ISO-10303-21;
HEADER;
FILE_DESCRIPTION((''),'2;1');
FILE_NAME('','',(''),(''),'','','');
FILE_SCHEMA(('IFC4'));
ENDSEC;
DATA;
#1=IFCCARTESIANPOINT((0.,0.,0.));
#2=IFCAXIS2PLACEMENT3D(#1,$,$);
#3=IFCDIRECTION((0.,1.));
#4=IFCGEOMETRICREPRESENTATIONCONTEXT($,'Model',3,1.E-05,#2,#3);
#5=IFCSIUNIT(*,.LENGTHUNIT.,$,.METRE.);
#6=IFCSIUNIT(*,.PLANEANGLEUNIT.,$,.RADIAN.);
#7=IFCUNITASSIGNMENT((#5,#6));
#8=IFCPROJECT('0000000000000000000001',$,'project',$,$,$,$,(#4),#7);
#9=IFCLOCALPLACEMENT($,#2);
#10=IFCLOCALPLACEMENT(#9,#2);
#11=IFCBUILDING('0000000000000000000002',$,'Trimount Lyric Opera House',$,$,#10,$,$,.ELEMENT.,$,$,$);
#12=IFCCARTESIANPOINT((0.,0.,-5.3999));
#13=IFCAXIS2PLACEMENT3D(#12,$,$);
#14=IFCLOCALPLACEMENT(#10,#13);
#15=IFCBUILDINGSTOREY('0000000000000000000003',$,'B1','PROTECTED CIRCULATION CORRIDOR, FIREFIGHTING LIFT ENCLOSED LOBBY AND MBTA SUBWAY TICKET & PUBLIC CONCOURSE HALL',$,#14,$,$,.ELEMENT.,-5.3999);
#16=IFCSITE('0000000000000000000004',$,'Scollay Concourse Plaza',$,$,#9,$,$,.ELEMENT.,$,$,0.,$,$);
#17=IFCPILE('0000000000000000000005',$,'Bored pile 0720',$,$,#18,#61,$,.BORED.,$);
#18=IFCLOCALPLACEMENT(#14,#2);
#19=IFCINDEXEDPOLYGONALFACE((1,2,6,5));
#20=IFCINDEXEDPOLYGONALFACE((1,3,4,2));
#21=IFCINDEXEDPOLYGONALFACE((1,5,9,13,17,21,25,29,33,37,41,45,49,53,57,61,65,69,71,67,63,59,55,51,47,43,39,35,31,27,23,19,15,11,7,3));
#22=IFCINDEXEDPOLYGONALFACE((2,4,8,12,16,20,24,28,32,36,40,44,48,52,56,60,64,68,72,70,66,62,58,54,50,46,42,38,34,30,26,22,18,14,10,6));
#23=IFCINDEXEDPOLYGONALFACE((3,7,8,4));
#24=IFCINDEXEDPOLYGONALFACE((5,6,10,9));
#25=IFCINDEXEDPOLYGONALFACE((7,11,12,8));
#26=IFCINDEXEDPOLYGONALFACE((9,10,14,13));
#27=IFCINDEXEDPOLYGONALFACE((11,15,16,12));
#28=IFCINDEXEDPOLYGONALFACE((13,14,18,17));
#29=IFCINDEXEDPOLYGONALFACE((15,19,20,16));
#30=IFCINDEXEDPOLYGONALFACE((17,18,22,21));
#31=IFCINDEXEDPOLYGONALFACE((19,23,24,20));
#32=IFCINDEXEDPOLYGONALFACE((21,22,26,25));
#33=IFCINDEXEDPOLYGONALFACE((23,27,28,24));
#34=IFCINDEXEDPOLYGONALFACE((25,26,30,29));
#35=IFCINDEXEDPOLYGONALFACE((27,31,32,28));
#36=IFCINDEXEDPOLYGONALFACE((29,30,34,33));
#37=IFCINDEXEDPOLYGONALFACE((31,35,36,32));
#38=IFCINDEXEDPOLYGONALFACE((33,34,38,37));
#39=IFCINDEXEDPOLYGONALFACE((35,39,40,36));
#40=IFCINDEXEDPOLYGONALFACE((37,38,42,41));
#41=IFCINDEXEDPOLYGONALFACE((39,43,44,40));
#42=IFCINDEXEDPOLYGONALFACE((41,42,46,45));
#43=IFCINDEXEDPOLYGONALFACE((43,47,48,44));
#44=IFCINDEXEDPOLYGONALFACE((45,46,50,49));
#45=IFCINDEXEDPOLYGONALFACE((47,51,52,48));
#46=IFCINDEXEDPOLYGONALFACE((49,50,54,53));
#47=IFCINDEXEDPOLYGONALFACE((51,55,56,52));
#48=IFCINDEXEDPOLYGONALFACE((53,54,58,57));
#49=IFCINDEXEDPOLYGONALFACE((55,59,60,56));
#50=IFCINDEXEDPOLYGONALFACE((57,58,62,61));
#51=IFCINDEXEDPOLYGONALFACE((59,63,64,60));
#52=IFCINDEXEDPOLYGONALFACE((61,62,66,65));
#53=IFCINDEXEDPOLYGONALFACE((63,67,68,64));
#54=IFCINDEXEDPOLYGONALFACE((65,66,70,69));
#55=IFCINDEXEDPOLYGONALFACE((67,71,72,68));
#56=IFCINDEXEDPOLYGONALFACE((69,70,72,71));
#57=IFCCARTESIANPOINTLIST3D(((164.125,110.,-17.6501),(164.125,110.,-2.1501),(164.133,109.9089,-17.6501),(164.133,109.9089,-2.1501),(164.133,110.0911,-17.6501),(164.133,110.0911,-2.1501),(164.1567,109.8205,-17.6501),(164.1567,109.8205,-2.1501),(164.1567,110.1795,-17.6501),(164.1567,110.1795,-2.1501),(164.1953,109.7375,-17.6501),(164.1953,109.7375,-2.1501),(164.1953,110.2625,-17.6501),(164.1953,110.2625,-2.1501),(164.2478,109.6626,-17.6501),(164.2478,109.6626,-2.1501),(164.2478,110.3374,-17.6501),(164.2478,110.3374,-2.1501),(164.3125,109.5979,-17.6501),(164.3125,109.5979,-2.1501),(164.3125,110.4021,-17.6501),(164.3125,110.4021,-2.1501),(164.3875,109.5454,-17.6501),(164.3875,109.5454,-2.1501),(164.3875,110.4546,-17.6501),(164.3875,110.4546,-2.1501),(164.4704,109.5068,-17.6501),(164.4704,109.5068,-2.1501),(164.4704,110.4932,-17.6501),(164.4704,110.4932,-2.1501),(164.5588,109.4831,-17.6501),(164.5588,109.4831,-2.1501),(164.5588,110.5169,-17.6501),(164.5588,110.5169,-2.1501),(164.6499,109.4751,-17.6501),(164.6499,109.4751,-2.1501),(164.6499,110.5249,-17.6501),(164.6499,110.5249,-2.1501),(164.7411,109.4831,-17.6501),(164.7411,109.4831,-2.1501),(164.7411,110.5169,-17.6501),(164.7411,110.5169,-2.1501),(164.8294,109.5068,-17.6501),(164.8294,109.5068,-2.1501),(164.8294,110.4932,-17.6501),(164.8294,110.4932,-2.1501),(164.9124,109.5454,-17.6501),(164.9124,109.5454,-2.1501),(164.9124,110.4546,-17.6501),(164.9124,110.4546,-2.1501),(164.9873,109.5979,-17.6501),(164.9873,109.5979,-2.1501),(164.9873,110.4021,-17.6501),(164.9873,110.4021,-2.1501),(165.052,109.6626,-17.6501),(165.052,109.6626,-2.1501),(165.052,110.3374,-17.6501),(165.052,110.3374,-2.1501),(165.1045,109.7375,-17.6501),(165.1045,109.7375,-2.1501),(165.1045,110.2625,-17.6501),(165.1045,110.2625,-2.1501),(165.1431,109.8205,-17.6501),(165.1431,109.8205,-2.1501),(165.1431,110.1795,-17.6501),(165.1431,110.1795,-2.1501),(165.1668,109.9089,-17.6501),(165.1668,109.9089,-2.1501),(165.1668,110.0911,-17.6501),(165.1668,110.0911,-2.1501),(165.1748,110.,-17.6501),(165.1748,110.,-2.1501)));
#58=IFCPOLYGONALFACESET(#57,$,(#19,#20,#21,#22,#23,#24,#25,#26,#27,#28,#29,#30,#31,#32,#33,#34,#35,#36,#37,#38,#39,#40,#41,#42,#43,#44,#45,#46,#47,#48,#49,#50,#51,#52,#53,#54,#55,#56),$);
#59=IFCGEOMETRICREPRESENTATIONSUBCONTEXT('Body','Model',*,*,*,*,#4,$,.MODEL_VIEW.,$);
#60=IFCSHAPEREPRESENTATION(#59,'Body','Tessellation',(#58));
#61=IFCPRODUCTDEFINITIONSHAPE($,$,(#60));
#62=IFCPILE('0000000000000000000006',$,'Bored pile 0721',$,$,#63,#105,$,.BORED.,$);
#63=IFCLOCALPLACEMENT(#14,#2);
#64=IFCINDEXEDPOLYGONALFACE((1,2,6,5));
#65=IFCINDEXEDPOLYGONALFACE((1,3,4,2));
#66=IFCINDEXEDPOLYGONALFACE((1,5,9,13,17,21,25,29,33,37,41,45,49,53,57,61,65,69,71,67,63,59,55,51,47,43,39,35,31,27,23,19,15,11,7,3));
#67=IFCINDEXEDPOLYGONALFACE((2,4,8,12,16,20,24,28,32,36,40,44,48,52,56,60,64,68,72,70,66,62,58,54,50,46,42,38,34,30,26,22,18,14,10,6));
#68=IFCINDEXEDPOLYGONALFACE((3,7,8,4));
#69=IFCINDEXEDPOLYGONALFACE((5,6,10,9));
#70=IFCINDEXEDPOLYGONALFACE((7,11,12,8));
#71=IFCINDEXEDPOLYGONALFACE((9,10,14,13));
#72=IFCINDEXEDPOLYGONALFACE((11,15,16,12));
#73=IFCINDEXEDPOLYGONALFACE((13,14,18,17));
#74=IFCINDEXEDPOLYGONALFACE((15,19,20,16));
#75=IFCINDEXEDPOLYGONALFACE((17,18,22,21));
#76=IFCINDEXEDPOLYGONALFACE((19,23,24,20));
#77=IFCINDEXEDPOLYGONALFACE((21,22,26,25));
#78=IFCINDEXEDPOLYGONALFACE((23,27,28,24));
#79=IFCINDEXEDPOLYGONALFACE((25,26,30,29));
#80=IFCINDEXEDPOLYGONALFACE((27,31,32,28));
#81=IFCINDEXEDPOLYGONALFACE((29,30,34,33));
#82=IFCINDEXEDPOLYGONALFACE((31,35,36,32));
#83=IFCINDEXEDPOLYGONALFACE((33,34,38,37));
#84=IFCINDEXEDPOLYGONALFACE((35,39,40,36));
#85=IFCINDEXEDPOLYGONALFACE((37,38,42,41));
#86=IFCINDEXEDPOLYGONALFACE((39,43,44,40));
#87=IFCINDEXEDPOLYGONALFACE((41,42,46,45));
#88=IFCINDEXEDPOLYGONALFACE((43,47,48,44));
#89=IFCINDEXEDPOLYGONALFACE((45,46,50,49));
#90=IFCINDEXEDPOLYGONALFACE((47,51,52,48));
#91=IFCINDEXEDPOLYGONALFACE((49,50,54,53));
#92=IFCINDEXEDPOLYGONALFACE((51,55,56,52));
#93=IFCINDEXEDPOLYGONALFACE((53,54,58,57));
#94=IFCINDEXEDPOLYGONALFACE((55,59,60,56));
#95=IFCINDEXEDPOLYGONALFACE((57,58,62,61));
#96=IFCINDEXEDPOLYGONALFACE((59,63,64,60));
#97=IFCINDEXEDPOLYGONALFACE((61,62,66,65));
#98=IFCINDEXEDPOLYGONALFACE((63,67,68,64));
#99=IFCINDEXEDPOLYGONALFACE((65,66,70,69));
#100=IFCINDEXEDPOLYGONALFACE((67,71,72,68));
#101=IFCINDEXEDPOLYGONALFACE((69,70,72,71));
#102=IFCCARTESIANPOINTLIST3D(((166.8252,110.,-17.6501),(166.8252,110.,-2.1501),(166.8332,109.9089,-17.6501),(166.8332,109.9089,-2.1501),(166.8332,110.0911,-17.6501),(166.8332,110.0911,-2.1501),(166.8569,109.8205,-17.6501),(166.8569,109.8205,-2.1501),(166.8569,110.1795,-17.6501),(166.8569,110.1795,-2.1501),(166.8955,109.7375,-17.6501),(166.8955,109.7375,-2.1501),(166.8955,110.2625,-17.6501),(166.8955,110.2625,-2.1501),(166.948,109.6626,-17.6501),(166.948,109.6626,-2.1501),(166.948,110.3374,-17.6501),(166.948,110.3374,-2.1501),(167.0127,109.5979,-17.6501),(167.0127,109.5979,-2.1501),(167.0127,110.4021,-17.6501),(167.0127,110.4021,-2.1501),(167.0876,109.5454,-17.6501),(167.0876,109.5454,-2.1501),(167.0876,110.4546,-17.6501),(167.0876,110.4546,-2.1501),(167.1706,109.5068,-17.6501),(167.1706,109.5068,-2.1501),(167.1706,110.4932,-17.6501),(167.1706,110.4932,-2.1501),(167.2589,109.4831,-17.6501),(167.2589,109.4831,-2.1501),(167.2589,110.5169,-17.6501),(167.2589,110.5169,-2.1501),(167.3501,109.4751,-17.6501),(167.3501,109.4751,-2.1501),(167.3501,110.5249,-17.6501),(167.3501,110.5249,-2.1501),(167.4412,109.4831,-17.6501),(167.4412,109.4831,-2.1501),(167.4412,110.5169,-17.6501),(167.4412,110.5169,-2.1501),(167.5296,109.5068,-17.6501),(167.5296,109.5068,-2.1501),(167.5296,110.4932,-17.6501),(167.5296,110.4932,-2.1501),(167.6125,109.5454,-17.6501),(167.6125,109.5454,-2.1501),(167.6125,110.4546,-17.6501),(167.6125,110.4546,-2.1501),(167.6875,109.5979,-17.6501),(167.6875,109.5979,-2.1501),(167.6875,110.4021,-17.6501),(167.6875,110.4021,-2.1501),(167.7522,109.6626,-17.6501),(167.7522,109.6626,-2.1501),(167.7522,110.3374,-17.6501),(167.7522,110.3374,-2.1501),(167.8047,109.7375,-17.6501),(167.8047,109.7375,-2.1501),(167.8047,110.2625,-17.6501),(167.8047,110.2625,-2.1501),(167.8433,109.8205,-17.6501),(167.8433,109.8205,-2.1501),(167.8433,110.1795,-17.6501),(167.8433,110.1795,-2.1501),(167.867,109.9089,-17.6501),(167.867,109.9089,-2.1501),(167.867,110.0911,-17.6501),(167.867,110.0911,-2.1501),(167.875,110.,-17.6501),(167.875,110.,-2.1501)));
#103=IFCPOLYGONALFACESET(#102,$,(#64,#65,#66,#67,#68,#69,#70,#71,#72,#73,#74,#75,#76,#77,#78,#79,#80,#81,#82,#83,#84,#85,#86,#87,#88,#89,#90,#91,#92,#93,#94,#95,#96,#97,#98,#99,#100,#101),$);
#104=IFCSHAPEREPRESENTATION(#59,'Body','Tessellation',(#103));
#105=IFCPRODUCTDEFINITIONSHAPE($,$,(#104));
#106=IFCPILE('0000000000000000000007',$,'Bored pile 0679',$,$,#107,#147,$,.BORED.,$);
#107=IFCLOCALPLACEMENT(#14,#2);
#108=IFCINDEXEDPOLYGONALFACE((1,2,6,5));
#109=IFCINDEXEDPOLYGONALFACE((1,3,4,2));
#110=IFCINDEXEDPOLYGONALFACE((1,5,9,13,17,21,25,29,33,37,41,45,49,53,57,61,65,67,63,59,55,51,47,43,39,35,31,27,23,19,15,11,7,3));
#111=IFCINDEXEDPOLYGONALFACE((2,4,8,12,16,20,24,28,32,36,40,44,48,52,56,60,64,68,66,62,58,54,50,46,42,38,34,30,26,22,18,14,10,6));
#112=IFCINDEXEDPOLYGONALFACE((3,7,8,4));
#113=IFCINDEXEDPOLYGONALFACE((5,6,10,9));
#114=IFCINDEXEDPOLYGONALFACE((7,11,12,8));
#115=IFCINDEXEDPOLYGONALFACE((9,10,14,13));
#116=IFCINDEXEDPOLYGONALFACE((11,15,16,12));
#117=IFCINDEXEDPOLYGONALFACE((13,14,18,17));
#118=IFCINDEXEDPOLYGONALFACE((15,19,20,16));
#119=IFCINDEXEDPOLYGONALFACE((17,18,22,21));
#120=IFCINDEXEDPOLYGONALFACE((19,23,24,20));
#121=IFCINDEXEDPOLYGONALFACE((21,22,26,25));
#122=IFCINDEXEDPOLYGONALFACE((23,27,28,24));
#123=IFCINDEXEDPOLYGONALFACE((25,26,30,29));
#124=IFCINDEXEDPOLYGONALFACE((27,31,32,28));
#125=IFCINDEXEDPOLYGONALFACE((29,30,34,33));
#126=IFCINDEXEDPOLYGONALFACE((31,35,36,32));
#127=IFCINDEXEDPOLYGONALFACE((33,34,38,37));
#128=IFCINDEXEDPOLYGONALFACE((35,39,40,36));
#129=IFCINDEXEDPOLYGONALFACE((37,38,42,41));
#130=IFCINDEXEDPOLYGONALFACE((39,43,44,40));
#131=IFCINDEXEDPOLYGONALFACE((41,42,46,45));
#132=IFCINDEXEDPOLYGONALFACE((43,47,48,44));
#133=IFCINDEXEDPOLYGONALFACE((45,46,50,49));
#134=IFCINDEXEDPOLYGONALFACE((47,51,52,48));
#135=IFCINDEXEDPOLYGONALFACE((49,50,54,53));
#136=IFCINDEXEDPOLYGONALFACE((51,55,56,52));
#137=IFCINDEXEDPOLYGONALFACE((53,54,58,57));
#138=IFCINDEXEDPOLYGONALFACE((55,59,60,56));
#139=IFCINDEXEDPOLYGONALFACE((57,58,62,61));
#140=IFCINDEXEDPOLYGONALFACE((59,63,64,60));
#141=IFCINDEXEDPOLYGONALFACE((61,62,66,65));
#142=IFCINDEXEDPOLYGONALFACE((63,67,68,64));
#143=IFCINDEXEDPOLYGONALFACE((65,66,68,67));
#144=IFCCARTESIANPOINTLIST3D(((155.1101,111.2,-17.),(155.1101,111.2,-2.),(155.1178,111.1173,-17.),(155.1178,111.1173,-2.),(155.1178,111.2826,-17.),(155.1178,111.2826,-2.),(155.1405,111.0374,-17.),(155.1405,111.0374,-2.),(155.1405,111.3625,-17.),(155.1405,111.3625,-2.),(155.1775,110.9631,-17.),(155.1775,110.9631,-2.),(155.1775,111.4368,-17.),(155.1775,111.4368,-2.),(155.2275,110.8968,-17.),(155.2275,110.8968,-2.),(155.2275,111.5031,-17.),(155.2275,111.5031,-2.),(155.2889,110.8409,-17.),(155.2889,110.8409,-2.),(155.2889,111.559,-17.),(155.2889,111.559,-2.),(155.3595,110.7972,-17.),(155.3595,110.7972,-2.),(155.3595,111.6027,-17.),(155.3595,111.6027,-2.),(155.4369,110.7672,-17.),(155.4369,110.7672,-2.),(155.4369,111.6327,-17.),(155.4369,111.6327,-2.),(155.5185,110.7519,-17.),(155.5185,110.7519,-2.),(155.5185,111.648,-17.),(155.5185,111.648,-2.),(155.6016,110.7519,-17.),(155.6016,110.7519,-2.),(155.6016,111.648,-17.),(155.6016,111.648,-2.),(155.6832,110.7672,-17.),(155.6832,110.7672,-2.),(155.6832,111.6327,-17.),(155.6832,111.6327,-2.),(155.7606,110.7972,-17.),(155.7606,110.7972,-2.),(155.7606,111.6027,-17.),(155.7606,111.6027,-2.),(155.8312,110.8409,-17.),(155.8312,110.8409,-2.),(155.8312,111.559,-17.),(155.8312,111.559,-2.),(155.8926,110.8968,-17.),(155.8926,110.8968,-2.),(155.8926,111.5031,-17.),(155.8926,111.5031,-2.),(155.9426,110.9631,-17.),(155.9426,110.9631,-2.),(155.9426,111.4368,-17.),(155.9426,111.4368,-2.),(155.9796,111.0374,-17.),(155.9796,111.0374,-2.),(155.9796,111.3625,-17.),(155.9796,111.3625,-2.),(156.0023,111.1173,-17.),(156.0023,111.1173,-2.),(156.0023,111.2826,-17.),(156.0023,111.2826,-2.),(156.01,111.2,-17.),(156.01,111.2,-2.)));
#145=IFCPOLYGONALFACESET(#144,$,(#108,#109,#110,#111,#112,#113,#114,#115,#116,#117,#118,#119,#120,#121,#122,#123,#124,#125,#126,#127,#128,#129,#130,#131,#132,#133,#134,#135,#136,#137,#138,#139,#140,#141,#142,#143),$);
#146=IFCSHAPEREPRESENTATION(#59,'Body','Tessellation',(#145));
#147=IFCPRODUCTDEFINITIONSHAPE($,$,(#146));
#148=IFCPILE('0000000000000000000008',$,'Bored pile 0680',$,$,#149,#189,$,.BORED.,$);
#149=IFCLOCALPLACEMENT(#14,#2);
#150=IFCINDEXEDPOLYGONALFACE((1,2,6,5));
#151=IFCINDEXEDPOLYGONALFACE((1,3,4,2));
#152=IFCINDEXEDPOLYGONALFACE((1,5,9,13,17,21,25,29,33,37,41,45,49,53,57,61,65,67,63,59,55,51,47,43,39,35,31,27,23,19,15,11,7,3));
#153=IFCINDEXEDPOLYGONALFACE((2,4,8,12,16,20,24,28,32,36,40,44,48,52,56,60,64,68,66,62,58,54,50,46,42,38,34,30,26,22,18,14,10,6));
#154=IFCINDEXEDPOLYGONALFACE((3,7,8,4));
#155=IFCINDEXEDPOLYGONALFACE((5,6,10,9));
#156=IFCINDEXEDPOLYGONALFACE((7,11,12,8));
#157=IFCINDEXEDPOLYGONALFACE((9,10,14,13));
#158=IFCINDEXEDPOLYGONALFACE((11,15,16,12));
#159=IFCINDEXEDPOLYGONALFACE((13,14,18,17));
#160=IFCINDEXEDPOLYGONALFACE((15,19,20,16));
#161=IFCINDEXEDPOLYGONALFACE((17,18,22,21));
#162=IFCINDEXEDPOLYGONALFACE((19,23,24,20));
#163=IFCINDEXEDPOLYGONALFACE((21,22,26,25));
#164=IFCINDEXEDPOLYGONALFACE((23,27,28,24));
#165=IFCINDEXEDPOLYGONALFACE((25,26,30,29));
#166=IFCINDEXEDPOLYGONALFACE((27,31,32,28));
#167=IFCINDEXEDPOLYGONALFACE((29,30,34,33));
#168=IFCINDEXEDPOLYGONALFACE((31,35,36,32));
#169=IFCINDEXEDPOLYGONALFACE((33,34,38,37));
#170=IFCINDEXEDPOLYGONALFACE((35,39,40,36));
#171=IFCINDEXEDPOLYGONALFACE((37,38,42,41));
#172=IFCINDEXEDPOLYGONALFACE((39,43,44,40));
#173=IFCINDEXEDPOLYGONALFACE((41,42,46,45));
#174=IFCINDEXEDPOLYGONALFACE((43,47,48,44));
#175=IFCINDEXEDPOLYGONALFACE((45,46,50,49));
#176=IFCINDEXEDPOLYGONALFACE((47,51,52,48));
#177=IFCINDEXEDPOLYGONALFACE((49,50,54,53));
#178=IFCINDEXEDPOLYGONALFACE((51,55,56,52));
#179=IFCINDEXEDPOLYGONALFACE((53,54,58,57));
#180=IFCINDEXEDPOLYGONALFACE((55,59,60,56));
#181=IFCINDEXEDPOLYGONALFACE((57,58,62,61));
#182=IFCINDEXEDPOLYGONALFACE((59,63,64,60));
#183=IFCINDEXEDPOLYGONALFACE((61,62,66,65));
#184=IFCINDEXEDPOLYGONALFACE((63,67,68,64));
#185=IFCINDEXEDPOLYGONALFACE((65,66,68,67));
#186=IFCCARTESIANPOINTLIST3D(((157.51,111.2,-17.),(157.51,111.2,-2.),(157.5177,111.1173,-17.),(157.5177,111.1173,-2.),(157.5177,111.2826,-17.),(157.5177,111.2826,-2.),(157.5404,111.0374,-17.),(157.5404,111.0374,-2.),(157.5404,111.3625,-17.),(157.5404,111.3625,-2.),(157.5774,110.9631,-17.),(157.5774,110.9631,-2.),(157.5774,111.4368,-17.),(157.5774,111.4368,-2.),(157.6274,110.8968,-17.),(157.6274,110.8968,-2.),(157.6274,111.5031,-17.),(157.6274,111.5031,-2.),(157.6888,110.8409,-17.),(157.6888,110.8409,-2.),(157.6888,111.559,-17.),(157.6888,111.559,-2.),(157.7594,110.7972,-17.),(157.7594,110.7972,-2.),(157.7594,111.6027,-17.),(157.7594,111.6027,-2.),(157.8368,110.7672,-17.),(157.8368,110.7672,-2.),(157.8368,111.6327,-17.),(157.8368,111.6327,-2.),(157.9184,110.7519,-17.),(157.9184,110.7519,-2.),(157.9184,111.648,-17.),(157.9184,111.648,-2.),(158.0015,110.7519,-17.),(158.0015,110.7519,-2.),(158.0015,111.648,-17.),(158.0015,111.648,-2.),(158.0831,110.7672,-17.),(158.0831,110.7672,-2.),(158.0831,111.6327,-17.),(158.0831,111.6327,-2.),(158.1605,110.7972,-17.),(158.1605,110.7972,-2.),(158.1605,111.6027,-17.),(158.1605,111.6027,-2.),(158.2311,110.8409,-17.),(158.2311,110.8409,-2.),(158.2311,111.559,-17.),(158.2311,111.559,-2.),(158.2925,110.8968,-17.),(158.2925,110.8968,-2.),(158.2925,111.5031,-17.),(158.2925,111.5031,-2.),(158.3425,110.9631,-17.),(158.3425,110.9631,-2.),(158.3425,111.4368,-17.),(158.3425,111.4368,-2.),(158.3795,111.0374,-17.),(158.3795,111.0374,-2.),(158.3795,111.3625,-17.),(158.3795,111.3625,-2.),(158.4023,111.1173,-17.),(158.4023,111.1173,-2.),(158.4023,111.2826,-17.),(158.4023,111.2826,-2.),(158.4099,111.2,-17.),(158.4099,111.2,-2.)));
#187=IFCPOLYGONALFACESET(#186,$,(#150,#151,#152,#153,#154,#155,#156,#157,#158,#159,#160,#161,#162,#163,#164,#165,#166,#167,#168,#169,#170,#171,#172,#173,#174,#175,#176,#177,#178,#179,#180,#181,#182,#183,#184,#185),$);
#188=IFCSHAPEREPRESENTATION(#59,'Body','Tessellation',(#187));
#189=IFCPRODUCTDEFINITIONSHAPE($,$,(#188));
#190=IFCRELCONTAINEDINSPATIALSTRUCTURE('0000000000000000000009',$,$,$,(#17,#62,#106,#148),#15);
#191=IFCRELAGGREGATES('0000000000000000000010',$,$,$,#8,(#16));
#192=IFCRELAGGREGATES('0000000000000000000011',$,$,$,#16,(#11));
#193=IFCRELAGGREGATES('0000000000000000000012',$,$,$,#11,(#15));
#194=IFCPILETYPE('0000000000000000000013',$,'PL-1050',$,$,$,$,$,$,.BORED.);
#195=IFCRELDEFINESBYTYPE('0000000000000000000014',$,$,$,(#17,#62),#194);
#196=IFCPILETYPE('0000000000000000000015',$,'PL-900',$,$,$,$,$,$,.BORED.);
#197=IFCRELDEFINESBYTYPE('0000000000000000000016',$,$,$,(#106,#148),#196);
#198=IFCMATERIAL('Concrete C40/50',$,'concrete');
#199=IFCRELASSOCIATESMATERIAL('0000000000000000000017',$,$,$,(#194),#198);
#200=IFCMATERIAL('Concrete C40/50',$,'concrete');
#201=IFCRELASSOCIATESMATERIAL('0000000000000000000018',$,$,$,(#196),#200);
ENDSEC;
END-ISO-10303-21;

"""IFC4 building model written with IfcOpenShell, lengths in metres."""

from ifc_helpers import new_model, si_unit, direction, frame, origin, origin_2d, place, context, subcontext, project, spatial, circle, extrude, material, material_profile, profile_set, type_object, element, save


model = new_model("IFC4")

# Units and contexts
model_context = context("Model", 3, precision=1e-05, world=origin(), true_north=direction((0.0, 1.0)))
body_context = subcontext(model_context, "Body", "Model", "MODEL_VIEW")
ifc_project = project(units=[si_unit("LENGTHUNIT", "METRE"), si_unit("PLANEANGLEUNIT", "RADIAN")], contexts=[model_context])

# Site, building, storey
site_placement = place(None, origin())
site = spatial("IfcSite", under=ifc_project, at=site_placement, Name="Scollay Concourse Plaza", CompositionType="ELEMENT", RefElevation=0.0)
building_placement = place(site_placement, origin())
building = spatial("IfcBuilding", under=site, at=building_placement, Name="Trimount Lyric Opera House", CompositionType="ELEMENT")
storey_placement = place(building_placement, frame((0.0, 0.0, -5.3999)))
storey = spatial("IfcBuildingStorey", under=building, at=storey_placement, Name="B1", Description="PROTECTED CIRCULATION CORRIDOR, FIREFIGHTING LIFT ENCLOSED LOBBY AND MBTA SUBWAY TICKET & PUBLIC CONCOURSE HALL", CompositionType="ELEMENT", Elevation=-5.3999)

# Piles
ifc_material_1 = material(Name="Concrete C40/50", Category="concrete")
ifc_material_profile_1 = material_profile(ifc_material_1, circle(Radius=0.5249, at=origin_2d()), Name="PILE-D1050")
ifc_profile_set_1 = profile_set([ifc_material_profile_1], Name="Concrete C40/50")
pile_type_1 = type_object("IfcPileType", Name="PL-1050", PredefinedType="BORED", material=ifc_profile_set_1)
for number, where, z_axis, x_axis, name in (
    (1, (164.6499, 110.0, -2.1501), (0.0, 0.0, -1.0), (1.0, 0.0, 0.0), "Bored pile 0720"),
    (2, (167.3501, 110.0, -2.1501), (0.0, 0.0, -1.0), (1.0, 0.0, 0.0), "Bored pile 0721"),
):
    element("IfcPile", number, at=place(storey_placement, frame(where, z_axis=z_axis, x_axis=x_axis)), inside=storey, type_object=pile_type_1, Name=name, PredefinedType="BORED", context=body_context, shape_type="SweptSolid", body=[
        extrude(circle(Radius=0.5249, at=origin_2d()), origin(), (0.0, 0.0, 1.0), 15.5),
    ])
ifc_material_2 = material(Name="Concrete C40/50", Category="concrete")
ifc_material_profile_2 = material_profile(ifc_material_2, circle(Radius=0.45, at=origin_2d()), Name="PILE-D900")
ifc_profile_set_2 = profile_set([ifc_material_profile_2], Name="Concrete C40/50")
pile_type_2 = type_object("IfcPileType", Name="PL-900", PredefinedType="BORED", material=ifc_profile_set_2)
for number, where, z_axis, x_axis, name in (
    (3, (155.5601, 111.2, -2.0), (0.0, 0.0, -1.0), (1.0, 0.0, 0.0), "Bored pile 0679"),
    (4, (157.96, 111.2, -2.0), (0.0, 0.0, -1.0), (1.0, 0.0, 0.0), "Bored pile 0680"),
):
    element("IfcPile", number, at=place(storey_placement, frame(where, z_axis=z_axis, x_axis=x_axis)), inside=storey, type_object=pile_type_2, Name=name, PredefinedType="BORED", context=body_context, shape_type="SweptSolid", body=[
        extrude(circle(Radius=0.45, at=origin_2d()), origin(), (0.0, 0.0, 1.0), 15.0),
    ])

save(model, "model.ifc")
